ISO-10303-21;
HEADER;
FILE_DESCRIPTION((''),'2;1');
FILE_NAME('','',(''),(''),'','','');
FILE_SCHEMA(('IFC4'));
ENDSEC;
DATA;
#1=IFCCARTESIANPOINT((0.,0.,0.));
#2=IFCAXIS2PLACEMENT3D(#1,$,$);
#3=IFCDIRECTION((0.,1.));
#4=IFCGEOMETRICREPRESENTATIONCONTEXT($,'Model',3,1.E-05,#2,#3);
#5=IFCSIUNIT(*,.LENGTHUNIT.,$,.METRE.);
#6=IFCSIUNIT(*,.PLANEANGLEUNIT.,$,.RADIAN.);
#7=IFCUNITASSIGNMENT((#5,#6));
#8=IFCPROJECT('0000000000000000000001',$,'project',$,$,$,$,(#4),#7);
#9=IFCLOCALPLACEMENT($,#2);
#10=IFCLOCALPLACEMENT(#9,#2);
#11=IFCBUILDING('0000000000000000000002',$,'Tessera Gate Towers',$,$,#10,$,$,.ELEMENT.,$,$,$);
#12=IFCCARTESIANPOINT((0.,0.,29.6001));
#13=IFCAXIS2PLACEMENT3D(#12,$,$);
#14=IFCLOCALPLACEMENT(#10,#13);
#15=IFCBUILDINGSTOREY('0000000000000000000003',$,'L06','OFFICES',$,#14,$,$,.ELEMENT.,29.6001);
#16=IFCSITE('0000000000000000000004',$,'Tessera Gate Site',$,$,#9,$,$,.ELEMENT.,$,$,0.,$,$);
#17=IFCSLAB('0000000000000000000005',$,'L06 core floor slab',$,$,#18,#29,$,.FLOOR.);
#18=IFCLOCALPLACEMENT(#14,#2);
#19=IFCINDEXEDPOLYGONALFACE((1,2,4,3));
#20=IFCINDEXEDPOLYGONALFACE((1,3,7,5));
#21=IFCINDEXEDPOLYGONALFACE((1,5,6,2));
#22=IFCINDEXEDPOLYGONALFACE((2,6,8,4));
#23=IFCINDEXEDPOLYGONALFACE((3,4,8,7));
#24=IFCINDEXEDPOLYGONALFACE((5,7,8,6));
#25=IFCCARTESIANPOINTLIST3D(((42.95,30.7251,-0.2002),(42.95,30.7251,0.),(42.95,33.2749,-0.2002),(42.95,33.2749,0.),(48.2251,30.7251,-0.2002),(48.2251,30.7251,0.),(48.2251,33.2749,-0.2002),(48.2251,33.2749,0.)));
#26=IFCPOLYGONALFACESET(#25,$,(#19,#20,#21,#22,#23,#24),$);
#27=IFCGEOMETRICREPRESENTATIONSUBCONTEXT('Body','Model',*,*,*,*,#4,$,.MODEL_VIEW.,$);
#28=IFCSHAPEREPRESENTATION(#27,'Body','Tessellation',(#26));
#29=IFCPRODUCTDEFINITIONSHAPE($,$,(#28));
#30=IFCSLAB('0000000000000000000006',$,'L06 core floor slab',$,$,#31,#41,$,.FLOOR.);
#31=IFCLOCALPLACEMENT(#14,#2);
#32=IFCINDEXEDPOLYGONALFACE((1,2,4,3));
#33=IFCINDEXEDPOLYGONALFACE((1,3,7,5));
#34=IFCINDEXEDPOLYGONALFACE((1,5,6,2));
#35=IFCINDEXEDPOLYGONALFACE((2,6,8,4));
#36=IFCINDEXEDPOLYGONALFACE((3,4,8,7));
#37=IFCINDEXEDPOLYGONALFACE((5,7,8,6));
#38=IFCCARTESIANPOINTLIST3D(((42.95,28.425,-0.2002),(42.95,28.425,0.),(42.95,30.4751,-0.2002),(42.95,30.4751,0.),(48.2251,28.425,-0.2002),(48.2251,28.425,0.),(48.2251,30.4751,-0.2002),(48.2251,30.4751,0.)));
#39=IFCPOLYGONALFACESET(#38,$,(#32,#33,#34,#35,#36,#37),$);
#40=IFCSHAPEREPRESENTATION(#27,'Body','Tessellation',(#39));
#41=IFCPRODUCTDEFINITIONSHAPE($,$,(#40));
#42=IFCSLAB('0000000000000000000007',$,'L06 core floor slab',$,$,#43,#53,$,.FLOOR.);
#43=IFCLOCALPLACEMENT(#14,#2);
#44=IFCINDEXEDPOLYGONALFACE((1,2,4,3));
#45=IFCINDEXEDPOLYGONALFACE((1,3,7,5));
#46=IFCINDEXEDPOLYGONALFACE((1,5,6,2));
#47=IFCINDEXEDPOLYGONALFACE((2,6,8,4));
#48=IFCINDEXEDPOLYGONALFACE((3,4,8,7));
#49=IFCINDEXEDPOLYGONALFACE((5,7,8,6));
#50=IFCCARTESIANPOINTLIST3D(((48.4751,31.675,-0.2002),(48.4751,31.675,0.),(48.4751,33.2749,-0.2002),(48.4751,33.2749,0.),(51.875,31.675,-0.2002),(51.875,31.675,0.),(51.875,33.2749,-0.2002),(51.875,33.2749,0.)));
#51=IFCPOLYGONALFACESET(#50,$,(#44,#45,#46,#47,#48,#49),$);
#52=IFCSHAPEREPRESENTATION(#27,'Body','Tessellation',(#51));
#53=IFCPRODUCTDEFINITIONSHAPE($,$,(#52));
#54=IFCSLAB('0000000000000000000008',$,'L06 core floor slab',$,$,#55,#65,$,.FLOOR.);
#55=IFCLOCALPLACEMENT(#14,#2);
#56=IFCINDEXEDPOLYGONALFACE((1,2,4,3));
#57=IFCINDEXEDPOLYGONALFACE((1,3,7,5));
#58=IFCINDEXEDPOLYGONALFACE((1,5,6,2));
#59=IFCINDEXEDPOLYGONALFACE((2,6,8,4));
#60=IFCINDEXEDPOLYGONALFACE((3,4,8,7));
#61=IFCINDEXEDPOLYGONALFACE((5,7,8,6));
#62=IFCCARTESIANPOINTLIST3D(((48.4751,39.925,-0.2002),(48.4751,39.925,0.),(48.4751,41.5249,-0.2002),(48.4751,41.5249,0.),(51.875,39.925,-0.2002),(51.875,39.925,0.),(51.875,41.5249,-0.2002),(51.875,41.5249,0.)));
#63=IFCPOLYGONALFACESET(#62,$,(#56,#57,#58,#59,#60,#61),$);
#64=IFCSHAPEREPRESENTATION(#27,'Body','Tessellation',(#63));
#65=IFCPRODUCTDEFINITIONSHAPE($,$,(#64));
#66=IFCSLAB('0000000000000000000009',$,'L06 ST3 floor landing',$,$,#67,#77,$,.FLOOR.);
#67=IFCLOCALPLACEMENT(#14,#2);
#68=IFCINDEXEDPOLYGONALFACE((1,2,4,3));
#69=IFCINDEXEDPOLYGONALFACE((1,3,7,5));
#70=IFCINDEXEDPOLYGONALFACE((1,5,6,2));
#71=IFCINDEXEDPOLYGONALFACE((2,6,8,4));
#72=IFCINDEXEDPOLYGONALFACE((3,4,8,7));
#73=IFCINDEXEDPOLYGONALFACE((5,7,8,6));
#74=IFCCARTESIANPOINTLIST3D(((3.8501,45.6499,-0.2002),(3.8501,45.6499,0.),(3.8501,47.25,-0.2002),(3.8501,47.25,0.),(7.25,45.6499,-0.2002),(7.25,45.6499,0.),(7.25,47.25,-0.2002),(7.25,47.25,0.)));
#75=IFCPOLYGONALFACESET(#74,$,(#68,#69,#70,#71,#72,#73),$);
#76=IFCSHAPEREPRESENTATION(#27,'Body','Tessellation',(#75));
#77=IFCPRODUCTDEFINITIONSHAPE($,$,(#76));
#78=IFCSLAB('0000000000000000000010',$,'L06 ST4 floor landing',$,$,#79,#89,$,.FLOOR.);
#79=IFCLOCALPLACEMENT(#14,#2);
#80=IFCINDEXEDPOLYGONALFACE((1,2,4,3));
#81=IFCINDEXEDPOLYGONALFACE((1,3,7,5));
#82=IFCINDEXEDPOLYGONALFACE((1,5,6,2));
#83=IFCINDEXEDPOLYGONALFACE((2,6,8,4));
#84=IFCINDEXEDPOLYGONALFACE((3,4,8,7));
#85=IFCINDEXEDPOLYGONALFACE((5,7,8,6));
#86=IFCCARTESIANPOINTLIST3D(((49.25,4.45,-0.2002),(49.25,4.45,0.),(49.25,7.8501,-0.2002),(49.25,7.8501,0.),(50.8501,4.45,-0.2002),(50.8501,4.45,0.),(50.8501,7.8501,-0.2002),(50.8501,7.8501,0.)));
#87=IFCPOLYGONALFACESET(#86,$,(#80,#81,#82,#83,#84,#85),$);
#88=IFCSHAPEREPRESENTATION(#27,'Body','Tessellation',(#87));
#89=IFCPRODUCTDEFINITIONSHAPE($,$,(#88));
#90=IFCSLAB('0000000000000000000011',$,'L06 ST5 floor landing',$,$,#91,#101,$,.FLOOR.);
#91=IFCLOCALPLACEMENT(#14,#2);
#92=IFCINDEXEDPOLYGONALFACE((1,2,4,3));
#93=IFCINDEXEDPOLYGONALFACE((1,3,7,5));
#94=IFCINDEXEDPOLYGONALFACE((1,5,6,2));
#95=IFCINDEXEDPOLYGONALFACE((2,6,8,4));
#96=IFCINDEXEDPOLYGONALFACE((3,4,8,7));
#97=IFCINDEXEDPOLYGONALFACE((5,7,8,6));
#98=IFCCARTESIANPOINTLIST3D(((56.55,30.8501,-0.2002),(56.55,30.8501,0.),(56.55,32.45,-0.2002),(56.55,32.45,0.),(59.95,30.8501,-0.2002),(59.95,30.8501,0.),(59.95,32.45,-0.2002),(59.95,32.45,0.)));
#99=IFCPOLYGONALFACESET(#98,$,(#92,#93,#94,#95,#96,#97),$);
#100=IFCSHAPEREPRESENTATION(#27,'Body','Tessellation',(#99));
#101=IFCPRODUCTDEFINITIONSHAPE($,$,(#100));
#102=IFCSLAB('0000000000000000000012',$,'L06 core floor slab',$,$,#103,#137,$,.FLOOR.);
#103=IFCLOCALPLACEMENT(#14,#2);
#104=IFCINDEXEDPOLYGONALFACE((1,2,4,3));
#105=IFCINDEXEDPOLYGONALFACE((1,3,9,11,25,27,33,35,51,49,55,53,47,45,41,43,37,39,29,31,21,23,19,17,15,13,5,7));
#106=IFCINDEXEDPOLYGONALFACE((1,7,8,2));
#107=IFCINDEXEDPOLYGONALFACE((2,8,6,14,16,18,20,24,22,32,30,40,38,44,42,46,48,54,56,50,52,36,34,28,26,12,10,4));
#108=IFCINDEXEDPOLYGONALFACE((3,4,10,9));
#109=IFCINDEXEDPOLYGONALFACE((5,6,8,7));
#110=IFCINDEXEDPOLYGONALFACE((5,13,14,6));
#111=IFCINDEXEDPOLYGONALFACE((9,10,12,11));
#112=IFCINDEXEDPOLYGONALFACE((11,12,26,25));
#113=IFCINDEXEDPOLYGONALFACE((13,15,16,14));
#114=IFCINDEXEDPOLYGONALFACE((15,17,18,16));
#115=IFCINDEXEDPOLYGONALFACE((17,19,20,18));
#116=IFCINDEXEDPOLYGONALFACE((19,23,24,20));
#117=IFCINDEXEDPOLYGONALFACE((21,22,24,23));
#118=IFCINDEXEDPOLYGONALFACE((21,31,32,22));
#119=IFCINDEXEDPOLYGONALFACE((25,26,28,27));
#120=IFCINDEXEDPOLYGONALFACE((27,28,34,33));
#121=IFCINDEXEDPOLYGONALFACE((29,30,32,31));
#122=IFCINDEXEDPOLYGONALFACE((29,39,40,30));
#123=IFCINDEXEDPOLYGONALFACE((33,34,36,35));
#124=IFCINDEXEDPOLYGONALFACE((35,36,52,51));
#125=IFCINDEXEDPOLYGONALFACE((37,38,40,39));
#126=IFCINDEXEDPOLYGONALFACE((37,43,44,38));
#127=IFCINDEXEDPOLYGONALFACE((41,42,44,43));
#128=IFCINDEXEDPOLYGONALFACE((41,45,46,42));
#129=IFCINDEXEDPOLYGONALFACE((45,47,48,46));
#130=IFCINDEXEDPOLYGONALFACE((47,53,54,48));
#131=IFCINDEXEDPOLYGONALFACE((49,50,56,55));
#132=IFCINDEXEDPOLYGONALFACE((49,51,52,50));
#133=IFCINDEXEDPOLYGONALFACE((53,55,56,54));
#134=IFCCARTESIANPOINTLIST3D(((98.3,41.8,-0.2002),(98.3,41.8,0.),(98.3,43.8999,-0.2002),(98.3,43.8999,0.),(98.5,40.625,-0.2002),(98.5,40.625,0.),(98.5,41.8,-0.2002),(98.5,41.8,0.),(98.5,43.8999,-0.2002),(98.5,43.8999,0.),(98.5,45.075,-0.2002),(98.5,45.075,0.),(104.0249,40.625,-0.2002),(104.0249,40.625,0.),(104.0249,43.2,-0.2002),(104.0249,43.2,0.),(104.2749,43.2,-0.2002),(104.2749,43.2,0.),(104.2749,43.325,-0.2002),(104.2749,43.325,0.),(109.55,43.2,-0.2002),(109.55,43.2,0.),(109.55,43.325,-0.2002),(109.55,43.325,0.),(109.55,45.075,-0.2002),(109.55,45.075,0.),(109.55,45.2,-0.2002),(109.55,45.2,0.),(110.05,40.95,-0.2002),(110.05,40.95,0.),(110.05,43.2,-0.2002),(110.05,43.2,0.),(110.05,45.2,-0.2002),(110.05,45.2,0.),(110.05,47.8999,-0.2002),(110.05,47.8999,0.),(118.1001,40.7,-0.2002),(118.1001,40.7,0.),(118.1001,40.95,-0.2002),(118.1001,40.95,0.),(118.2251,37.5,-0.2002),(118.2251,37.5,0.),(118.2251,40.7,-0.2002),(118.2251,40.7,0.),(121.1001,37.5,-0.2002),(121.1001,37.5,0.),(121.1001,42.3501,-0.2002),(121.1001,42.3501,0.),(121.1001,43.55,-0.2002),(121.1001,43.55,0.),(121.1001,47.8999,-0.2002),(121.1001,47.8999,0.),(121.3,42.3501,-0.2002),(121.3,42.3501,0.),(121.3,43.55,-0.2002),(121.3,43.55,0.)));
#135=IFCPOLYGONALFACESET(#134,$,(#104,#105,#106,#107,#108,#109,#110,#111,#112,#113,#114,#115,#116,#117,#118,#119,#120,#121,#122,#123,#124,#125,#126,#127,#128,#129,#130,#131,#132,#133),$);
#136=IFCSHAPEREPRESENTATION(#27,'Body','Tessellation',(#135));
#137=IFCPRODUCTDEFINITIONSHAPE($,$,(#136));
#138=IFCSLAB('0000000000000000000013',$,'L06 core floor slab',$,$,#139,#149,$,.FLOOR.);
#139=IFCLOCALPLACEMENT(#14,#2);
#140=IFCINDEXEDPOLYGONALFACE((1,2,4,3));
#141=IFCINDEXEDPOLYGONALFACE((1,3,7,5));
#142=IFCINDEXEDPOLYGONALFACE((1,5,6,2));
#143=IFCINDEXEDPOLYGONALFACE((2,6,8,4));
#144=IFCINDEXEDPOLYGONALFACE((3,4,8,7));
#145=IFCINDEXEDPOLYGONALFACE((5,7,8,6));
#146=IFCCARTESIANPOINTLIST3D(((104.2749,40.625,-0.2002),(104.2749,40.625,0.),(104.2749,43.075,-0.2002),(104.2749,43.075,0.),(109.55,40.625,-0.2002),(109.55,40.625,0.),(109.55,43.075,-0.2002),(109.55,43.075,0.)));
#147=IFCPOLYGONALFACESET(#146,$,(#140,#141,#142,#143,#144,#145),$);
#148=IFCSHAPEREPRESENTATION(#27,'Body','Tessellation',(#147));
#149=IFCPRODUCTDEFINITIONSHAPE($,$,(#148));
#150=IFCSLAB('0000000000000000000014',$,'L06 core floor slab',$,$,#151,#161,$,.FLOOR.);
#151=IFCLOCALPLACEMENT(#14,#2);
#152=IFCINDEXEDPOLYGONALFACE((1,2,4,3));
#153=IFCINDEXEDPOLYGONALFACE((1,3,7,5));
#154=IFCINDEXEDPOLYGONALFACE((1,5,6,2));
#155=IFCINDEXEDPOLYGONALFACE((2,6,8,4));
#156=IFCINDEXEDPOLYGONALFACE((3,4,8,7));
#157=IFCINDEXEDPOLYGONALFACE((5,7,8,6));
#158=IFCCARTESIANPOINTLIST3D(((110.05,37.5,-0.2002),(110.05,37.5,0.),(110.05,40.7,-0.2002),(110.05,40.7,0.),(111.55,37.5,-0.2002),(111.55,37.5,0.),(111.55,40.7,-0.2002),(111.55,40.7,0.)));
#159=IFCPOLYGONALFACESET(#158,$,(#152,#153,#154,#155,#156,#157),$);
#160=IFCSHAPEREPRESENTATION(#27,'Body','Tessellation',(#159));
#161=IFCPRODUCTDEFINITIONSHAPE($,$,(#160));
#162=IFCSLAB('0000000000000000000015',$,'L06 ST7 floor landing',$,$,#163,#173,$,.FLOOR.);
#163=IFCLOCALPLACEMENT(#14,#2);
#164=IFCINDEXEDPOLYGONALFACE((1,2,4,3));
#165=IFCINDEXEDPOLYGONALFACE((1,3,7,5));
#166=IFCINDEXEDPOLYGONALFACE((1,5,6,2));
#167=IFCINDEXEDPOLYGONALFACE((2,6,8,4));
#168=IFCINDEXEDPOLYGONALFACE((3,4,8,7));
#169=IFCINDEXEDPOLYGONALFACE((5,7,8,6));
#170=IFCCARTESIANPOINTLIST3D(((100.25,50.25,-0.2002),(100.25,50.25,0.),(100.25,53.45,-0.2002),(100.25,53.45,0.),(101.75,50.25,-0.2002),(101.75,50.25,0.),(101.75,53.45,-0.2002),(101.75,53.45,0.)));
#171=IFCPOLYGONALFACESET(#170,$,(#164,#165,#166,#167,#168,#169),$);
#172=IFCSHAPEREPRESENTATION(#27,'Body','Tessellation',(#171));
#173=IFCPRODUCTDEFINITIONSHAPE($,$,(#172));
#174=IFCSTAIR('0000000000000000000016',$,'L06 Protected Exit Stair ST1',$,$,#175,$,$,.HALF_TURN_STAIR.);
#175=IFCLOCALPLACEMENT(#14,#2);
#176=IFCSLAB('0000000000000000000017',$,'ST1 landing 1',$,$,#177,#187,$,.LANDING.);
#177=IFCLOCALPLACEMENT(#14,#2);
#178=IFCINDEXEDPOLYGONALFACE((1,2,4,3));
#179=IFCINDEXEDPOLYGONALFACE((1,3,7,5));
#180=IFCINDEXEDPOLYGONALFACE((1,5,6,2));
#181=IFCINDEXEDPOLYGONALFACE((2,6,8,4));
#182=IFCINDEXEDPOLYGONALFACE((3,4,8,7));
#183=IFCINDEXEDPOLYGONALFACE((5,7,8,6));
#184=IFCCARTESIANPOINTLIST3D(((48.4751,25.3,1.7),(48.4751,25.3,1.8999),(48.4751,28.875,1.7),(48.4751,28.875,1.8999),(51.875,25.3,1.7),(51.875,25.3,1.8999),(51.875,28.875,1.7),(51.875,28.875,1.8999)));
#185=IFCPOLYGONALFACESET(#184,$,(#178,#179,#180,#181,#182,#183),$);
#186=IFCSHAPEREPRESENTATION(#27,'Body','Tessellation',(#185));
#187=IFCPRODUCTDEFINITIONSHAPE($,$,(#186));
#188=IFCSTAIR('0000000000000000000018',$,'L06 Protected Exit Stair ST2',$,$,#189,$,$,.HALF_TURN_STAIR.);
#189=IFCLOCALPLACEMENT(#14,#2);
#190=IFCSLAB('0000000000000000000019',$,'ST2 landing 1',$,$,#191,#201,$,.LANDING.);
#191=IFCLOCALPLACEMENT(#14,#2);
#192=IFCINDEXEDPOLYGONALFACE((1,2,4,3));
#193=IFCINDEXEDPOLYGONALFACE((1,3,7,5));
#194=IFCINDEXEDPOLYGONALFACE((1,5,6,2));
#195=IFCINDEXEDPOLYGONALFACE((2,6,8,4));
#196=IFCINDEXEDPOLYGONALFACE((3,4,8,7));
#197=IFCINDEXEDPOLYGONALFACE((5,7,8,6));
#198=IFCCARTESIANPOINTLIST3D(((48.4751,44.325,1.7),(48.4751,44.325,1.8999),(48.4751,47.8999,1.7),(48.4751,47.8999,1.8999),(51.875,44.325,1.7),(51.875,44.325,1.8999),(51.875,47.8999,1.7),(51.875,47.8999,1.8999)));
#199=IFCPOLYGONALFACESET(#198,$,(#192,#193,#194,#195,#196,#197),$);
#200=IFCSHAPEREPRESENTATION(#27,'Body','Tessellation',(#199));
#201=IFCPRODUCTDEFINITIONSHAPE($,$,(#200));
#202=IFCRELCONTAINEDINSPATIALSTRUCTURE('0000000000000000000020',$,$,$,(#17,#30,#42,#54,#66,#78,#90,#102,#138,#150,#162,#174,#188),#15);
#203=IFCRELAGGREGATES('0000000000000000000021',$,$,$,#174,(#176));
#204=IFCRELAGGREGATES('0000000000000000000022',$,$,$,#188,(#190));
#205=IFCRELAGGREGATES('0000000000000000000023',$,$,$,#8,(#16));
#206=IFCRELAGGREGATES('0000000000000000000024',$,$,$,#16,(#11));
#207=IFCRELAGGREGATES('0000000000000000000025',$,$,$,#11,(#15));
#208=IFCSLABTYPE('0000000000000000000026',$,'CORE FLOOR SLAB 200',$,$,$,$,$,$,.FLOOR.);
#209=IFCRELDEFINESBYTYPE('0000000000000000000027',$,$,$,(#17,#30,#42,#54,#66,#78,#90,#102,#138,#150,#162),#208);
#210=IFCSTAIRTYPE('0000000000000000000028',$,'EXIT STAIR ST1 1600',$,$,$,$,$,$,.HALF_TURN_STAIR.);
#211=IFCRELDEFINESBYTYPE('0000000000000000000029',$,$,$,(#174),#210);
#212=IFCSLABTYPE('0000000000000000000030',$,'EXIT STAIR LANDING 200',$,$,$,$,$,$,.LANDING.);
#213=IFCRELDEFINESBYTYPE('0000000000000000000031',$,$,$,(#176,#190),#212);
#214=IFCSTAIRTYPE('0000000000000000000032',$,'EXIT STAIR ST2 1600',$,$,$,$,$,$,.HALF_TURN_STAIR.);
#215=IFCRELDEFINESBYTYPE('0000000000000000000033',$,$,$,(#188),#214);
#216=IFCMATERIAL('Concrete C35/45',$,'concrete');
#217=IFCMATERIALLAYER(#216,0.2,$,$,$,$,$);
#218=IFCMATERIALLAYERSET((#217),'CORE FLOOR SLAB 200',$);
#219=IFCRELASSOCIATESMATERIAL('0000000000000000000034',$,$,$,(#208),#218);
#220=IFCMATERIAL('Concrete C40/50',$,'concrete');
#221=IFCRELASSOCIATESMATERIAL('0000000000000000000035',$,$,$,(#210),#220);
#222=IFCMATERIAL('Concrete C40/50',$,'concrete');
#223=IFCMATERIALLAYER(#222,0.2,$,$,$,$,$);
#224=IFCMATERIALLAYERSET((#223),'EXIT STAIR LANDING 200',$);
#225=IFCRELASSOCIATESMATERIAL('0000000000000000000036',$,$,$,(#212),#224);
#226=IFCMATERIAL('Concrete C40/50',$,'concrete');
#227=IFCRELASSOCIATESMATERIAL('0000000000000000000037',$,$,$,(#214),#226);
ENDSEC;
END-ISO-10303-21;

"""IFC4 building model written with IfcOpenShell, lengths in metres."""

from ifc_helpers import new_model, si_unit, direction, frame, origin, place, context, subcontext, project, spatial, polyline, outline, extrude, material, layer, layer_set, type_object, element, aggregate, save


model = new_model("IFC4")

# Units and contexts
model_context = context("Model", 3, precision=1e-05, world=origin(), true_north=direction((0.0, 1.0)))
body_context = subcontext(model_context, "Body", "Model", "MODEL_VIEW")
ifc_project = project(units=[si_unit("LENGTHUNIT", "METRE"), si_unit("PLANEANGLEUNIT", "RADIAN")], contexts=[model_context])

# Site, building, storey
site_placement = place(None, origin())
site = spatial("IfcSite", under=ifc_project, at=site_placement, Name="Tessera Gate Site", CompositionType="ELEMENT", RefElevation=0.0)
building_placement = place(site_placement, origin())
building = spatial("IfcBuilding", under=site, at=building_placement, Name="Tessera Gate Towers", CompositionType="ELEMENT")
storey_placement = place(building_placement, frame((0.0, 0.0, 29.6001)))
storey = spatial("IfcBuildingStorey", under=building, at=storey_placement, Name="L06", Description="OFFICES", CompositionType="ELEMENT", Elevation=29.6001)

# Slabs
ifc_material_1 = material(Name="Concrete C35/45", Category="concrete")
ifc_layer_1 = layer(ifc_material_1, 0.2)
ifc_layer_set_1 = layer_set([ifc_layer_1], Name="CORE FLOOR SLAB 200")
slab_type_1 = type_object("IfcSlabType", Name="CORE FLOOR SLAB 200", PredefinedType="FLOOR", material=ifc_layer_set_1)
slab_1_placement = place(storey_placement, frame((0.0, 0.0, -0.2002)))
element("IfcSlab", 1, at=slab_1_placement, inside=storey, type_object=slab_type_1, Name="L06 core floor slab", PredefinedType="FLOOR", context=body_context, shape_type="SweptSolid", body=[
    extrude(outline(polyline([(42.95, 33.2749), (42.95, 30.7251), (48.2251, 30.7251), (48.2251, 33.2749), (42.95, 33.2749)])), origin(), (0.0, 0.0, 1.0), 0.2002),
])
slab_2_placement = place(storey_placement, frame((0.0, 0.0, -0.2002)))
element("IfcSlab", 2, at=slab_2_placement, inside=storey, type_object=slab_type_1, Name="L06 core floor slab", PredefinedType="FLOOR", context=body_context, shape_type="SweptSolid", body=[
    extrude(outline(polyline([(42.95, 30.4751), (42.95, 28.425), (48.2251, 28.425), (48.2251, 30.4751), (42.95, 30.4751)])), origin(), (0.0, 0.0, 1.0), 0.2002),
])
slab_3_placement = place(storey_placement, frame((0.0, 0.0, -0.2002)))
element("IfcSlab", 3, at=slab_3_placement, inside=storey, type_object=slab_type_1, Name="L06 core floor slab", PredefinedType="FLOOR", context=body_context, shape_type="SweptSolid", body=[
    extrude(outline(polyline([(51.875, 31.675), (51.875, 33.2749), (48.4751, 33.2749), (48.4751, 31.675), (51.875, 31.675)])), origin(), (0.0, 0.0, 1.0), 0.2002),
])
slab_4_placement = place(storey_placement, frame((0.0, 0.0, -0.2002)))
element("IfcSlab", 4, at=slab_4_placement, inside=storey, type_object=slab_type_1, Name="L06 core floor slab", PredefinedType="FLOOR", context=body_context, shape_type="SweptSolid", body=[
    extrude(outline(polyline([(48.4751, 41.5249), (48.4751, 39.925), (51.875, 39.925), (51.875, 41.5249), (48.4751, 41.5249)])), origin(), (0.0, 0.0, 1.0), 0.2002),
])
slab_5_placement = place(storey_placement, frame((0.0, 0.0, -0.2002)))
element("IfcSlab", 5, at=slab_5_placement, inside=storey, type_object=slab_type_1, Name="L06 ST3 floor landing", PredefinedType="FLOOR", context=body_context, shape_type="SweptSolid", body=[
    extrude(outline(polyline([(3.8501, 47.25), (3.8501, 45.6499), (7.25, 45.6499), (7.25, 47.25), (3.8501, 47.25)])), origin(), (0.0, 0.0, 1.0), 0.2002),
])
slab_6_placement = place(storey_placement, frame((0.0, 0.0, -0.2002)))
element("IfcSlab", 6, at=slab_6_placement, inside=storey, type_object=slab_type_1, Name="L06 ST4 floor landing", PredefinedType="FLOOR", context=body_context, shape_type="SweptSolid", body=[
    extrude(outline(polyline([(49.25, 4.45), (50.8501, 4.45), (50.8501, 7.8501), (49.25, 7.8501), (49.25, 4.45)])), origin(), (0.0, 0.0, 1.0), 0.2002),
])
slab_7_placement = place(storey_placement, frame((0.0, 0.0, -0.2002)))
element("IfcSlab", 7, at=slab_7_placement, inside=storey, type_object=slab_type_1, Name="L06 ST5 floor landing", PredefinedType="FLOOR", context=body_context, shape_type="SweptSolid", body=[
    extrude(outline(polyline([(59.95, 30.8501), (59.95, 32.45), (56.55, 32.45), (56.55, 30.8501), (59.95, 30.8501)])), origin(), (0.0, 0.0, 1.0), 0.2002),
])
slab_8_placement = place(storey_placement, frame((0.0, 0.0, -0.2002)))
element("IfcSlab", 8, at=slab_8_placement, inside=storey, type_object=slab_type_1, Name="L06 core floor slab", PredefinedType="FLOOR", context=body_context, shape_type="SweptSolid", body=[
    extrude(outline(polyline([(109.55, 45.2), (109.55, 45.075), (98.5, 45.075), (98.5, 43.8999), (98.3, 43.8999), (98.3, 41.8), (98.5, 41.8), (98.5, 40.625), (104.0249, 40.625), (104.0249, 43.2), (104.2749, 43.2), (104.2749, 43.325), (109.55, 43.325), (109.55, 43.2), (110.05, 43.2), (110.05, 40.95), (118.1001, 40.95), (118.1001, 40.7), (118.2251, 40.7), (118.2251, 37.5), (121.1001, 37.5), (121.1001, 42.3501), (121.3, 42.3501), (121.3, 43.55), (121.1001, 43.55), (121.1001, 47.8999), (110.05, 47.8999), (110.05, 45.2), (109.55, 45.2)])), origin(), (0.0, 0.0, 1.0), 0.2002),
])
slab_9_placement = place(storey_placement, frame((0.0, 0.0, -0.2002)))
element("IfcSlab", 9, at=slab_9_placement, inside=storey, type_object=slab_type_1, Name="L06 core floor slab", PredefinedType="FLOOR", context=body_context, shape_type="SweptSolid", body=[
    extrude(outline(polyline([(109.55, 43.075), (104.2749, 43.075), (104.2749, 40.625), (109.55, 40.625), (109.55, 43.075)])), origin(), (0.0, 0.0, 1.0), 0.2002),
])
slab_10_placement = place(storey_placement, frame((0.0, 0.0, -0.2002)))
element("IfcSlab", 10, at=slab_10_placement, inside=storey, type_object=slab_type_1, Name="L06 core floor slab", PredefinedType="FLOOR", context=body_context, shape_type="SweptSolid", body=[
    extrude(outline(polyline([(111.55, 37.5), (111.55, 40.7), (110.05, 40.7), (110.05, 37.5), (111.55, 37.5)])), origin(), (0.0, 0.0, 1.0), 0.2002),
])
slab_11_placement = place(storey_placement, frame((0.0, 0.0, -0.2002)))
element("IfcSlab", 11, at=slab_11_placement, inside=storey, type_object=slab_type_1, Name="L06 ST7 floor landing", PredefinedType="FLOOR", context=body_context, shape_type="SweptSolid", body=[
    extrude(outline(polyline([(100.25, 50.25), (101.75, 50.25), (101.75, 53.45), (100.25, 53.45), (100.25, 50.25)])), origin(), (0.0, 0.0, 1.0), 0.2002),
])

# Stairs, slabs
ifc_material_2 = material(Name="Concrete C40/50", Category="concrete")
stair_type_1 = type_object("IfcStairType", Name="EXIT STAIR ST1 1600", PredefinedType="HALF_TURN_STAIR", material=ifc_material_2)
stair_1_placement = place(storey_placement, origin())
stair_1 = element("IfcStair", 12, at=stair_1_placement, inside=storey, type_object=stair_type_1, Name="L06 Protected Exit Stair ST1", PredefinedType="HALF_TURN_STAIR")
ifc_material_3 = material(Name="Concrete C40/50", Category="concrete")
ifc_layer_2 = layer(ifc_material_3, 0.2)
ifc_layer_set_2 = layer_set([ifc_layer_2], Name="EXIT STAIR LANDING 200")
slab_type_2 = type_object("IfcSlabType", Name="EXIT STAIR LANDING 200", PredefinedType="LANDING", material=ifc_layer_set_2)
slab_12_placement = place(storey_placement, frame((0.0, 0.0, 1.7)))
slab_12 = element("IfcSlab", 13, at=slab_12_placement, type_object=slab_type_2, Name="ST1 landing 1", PredefinedType="LANDING", context=body_context, shape_type="SweptSolid", body=[
    extrude(outline(polyline([(48.4751, 28.875), (48.4751, 25.3), (51.875, 25.3), (51.875, 28.875), (48.4751, 28.875)])), origin(), (0.0, 0.0, 1.0), 0.2),
])
aggregate(stair_1, [slab_12])
ifc_material_4 = material(Name="Concrete C40/50", Category="concrete")
stair_type_2 = type_object("IfcStairType", Name="EXIT STAIR ST2 1600", PredefinedType="HALF_TURN_STAIR", material=ifc_material_4)
stair_2_placement = place(storey_placement, origin())
stair_2 = element("IfcStair", 14, at=stair_2_placement, inside=storey, type_object=stair_type_2, Name="L06 Protected Exit Stair ST2", PredefinedType="HALF_TURN_STAIR")
slab_13_placement = place(storey_placement, frame((0.0, 0.0, 1.7)))
slab_13 = element("IfcSlab", 15, at=slab_13_placement, type_object=slab_type_2, Name="ST2 landing 1", PredefinedType="LANDING", context=body_context, shape_type="SweptSolid", body=[
    extrude(outline(polyline([(51.875, 44.325), (51.875, 47.8999), (48.4751, 47.8999), (48.4751, 44.325), (51.875, 44.325)])), origin(), (0.0, 0.0, 1.0), 0.2),
])
aggregate(stair_2, [slab_13])

save(model, "model.ifc")
